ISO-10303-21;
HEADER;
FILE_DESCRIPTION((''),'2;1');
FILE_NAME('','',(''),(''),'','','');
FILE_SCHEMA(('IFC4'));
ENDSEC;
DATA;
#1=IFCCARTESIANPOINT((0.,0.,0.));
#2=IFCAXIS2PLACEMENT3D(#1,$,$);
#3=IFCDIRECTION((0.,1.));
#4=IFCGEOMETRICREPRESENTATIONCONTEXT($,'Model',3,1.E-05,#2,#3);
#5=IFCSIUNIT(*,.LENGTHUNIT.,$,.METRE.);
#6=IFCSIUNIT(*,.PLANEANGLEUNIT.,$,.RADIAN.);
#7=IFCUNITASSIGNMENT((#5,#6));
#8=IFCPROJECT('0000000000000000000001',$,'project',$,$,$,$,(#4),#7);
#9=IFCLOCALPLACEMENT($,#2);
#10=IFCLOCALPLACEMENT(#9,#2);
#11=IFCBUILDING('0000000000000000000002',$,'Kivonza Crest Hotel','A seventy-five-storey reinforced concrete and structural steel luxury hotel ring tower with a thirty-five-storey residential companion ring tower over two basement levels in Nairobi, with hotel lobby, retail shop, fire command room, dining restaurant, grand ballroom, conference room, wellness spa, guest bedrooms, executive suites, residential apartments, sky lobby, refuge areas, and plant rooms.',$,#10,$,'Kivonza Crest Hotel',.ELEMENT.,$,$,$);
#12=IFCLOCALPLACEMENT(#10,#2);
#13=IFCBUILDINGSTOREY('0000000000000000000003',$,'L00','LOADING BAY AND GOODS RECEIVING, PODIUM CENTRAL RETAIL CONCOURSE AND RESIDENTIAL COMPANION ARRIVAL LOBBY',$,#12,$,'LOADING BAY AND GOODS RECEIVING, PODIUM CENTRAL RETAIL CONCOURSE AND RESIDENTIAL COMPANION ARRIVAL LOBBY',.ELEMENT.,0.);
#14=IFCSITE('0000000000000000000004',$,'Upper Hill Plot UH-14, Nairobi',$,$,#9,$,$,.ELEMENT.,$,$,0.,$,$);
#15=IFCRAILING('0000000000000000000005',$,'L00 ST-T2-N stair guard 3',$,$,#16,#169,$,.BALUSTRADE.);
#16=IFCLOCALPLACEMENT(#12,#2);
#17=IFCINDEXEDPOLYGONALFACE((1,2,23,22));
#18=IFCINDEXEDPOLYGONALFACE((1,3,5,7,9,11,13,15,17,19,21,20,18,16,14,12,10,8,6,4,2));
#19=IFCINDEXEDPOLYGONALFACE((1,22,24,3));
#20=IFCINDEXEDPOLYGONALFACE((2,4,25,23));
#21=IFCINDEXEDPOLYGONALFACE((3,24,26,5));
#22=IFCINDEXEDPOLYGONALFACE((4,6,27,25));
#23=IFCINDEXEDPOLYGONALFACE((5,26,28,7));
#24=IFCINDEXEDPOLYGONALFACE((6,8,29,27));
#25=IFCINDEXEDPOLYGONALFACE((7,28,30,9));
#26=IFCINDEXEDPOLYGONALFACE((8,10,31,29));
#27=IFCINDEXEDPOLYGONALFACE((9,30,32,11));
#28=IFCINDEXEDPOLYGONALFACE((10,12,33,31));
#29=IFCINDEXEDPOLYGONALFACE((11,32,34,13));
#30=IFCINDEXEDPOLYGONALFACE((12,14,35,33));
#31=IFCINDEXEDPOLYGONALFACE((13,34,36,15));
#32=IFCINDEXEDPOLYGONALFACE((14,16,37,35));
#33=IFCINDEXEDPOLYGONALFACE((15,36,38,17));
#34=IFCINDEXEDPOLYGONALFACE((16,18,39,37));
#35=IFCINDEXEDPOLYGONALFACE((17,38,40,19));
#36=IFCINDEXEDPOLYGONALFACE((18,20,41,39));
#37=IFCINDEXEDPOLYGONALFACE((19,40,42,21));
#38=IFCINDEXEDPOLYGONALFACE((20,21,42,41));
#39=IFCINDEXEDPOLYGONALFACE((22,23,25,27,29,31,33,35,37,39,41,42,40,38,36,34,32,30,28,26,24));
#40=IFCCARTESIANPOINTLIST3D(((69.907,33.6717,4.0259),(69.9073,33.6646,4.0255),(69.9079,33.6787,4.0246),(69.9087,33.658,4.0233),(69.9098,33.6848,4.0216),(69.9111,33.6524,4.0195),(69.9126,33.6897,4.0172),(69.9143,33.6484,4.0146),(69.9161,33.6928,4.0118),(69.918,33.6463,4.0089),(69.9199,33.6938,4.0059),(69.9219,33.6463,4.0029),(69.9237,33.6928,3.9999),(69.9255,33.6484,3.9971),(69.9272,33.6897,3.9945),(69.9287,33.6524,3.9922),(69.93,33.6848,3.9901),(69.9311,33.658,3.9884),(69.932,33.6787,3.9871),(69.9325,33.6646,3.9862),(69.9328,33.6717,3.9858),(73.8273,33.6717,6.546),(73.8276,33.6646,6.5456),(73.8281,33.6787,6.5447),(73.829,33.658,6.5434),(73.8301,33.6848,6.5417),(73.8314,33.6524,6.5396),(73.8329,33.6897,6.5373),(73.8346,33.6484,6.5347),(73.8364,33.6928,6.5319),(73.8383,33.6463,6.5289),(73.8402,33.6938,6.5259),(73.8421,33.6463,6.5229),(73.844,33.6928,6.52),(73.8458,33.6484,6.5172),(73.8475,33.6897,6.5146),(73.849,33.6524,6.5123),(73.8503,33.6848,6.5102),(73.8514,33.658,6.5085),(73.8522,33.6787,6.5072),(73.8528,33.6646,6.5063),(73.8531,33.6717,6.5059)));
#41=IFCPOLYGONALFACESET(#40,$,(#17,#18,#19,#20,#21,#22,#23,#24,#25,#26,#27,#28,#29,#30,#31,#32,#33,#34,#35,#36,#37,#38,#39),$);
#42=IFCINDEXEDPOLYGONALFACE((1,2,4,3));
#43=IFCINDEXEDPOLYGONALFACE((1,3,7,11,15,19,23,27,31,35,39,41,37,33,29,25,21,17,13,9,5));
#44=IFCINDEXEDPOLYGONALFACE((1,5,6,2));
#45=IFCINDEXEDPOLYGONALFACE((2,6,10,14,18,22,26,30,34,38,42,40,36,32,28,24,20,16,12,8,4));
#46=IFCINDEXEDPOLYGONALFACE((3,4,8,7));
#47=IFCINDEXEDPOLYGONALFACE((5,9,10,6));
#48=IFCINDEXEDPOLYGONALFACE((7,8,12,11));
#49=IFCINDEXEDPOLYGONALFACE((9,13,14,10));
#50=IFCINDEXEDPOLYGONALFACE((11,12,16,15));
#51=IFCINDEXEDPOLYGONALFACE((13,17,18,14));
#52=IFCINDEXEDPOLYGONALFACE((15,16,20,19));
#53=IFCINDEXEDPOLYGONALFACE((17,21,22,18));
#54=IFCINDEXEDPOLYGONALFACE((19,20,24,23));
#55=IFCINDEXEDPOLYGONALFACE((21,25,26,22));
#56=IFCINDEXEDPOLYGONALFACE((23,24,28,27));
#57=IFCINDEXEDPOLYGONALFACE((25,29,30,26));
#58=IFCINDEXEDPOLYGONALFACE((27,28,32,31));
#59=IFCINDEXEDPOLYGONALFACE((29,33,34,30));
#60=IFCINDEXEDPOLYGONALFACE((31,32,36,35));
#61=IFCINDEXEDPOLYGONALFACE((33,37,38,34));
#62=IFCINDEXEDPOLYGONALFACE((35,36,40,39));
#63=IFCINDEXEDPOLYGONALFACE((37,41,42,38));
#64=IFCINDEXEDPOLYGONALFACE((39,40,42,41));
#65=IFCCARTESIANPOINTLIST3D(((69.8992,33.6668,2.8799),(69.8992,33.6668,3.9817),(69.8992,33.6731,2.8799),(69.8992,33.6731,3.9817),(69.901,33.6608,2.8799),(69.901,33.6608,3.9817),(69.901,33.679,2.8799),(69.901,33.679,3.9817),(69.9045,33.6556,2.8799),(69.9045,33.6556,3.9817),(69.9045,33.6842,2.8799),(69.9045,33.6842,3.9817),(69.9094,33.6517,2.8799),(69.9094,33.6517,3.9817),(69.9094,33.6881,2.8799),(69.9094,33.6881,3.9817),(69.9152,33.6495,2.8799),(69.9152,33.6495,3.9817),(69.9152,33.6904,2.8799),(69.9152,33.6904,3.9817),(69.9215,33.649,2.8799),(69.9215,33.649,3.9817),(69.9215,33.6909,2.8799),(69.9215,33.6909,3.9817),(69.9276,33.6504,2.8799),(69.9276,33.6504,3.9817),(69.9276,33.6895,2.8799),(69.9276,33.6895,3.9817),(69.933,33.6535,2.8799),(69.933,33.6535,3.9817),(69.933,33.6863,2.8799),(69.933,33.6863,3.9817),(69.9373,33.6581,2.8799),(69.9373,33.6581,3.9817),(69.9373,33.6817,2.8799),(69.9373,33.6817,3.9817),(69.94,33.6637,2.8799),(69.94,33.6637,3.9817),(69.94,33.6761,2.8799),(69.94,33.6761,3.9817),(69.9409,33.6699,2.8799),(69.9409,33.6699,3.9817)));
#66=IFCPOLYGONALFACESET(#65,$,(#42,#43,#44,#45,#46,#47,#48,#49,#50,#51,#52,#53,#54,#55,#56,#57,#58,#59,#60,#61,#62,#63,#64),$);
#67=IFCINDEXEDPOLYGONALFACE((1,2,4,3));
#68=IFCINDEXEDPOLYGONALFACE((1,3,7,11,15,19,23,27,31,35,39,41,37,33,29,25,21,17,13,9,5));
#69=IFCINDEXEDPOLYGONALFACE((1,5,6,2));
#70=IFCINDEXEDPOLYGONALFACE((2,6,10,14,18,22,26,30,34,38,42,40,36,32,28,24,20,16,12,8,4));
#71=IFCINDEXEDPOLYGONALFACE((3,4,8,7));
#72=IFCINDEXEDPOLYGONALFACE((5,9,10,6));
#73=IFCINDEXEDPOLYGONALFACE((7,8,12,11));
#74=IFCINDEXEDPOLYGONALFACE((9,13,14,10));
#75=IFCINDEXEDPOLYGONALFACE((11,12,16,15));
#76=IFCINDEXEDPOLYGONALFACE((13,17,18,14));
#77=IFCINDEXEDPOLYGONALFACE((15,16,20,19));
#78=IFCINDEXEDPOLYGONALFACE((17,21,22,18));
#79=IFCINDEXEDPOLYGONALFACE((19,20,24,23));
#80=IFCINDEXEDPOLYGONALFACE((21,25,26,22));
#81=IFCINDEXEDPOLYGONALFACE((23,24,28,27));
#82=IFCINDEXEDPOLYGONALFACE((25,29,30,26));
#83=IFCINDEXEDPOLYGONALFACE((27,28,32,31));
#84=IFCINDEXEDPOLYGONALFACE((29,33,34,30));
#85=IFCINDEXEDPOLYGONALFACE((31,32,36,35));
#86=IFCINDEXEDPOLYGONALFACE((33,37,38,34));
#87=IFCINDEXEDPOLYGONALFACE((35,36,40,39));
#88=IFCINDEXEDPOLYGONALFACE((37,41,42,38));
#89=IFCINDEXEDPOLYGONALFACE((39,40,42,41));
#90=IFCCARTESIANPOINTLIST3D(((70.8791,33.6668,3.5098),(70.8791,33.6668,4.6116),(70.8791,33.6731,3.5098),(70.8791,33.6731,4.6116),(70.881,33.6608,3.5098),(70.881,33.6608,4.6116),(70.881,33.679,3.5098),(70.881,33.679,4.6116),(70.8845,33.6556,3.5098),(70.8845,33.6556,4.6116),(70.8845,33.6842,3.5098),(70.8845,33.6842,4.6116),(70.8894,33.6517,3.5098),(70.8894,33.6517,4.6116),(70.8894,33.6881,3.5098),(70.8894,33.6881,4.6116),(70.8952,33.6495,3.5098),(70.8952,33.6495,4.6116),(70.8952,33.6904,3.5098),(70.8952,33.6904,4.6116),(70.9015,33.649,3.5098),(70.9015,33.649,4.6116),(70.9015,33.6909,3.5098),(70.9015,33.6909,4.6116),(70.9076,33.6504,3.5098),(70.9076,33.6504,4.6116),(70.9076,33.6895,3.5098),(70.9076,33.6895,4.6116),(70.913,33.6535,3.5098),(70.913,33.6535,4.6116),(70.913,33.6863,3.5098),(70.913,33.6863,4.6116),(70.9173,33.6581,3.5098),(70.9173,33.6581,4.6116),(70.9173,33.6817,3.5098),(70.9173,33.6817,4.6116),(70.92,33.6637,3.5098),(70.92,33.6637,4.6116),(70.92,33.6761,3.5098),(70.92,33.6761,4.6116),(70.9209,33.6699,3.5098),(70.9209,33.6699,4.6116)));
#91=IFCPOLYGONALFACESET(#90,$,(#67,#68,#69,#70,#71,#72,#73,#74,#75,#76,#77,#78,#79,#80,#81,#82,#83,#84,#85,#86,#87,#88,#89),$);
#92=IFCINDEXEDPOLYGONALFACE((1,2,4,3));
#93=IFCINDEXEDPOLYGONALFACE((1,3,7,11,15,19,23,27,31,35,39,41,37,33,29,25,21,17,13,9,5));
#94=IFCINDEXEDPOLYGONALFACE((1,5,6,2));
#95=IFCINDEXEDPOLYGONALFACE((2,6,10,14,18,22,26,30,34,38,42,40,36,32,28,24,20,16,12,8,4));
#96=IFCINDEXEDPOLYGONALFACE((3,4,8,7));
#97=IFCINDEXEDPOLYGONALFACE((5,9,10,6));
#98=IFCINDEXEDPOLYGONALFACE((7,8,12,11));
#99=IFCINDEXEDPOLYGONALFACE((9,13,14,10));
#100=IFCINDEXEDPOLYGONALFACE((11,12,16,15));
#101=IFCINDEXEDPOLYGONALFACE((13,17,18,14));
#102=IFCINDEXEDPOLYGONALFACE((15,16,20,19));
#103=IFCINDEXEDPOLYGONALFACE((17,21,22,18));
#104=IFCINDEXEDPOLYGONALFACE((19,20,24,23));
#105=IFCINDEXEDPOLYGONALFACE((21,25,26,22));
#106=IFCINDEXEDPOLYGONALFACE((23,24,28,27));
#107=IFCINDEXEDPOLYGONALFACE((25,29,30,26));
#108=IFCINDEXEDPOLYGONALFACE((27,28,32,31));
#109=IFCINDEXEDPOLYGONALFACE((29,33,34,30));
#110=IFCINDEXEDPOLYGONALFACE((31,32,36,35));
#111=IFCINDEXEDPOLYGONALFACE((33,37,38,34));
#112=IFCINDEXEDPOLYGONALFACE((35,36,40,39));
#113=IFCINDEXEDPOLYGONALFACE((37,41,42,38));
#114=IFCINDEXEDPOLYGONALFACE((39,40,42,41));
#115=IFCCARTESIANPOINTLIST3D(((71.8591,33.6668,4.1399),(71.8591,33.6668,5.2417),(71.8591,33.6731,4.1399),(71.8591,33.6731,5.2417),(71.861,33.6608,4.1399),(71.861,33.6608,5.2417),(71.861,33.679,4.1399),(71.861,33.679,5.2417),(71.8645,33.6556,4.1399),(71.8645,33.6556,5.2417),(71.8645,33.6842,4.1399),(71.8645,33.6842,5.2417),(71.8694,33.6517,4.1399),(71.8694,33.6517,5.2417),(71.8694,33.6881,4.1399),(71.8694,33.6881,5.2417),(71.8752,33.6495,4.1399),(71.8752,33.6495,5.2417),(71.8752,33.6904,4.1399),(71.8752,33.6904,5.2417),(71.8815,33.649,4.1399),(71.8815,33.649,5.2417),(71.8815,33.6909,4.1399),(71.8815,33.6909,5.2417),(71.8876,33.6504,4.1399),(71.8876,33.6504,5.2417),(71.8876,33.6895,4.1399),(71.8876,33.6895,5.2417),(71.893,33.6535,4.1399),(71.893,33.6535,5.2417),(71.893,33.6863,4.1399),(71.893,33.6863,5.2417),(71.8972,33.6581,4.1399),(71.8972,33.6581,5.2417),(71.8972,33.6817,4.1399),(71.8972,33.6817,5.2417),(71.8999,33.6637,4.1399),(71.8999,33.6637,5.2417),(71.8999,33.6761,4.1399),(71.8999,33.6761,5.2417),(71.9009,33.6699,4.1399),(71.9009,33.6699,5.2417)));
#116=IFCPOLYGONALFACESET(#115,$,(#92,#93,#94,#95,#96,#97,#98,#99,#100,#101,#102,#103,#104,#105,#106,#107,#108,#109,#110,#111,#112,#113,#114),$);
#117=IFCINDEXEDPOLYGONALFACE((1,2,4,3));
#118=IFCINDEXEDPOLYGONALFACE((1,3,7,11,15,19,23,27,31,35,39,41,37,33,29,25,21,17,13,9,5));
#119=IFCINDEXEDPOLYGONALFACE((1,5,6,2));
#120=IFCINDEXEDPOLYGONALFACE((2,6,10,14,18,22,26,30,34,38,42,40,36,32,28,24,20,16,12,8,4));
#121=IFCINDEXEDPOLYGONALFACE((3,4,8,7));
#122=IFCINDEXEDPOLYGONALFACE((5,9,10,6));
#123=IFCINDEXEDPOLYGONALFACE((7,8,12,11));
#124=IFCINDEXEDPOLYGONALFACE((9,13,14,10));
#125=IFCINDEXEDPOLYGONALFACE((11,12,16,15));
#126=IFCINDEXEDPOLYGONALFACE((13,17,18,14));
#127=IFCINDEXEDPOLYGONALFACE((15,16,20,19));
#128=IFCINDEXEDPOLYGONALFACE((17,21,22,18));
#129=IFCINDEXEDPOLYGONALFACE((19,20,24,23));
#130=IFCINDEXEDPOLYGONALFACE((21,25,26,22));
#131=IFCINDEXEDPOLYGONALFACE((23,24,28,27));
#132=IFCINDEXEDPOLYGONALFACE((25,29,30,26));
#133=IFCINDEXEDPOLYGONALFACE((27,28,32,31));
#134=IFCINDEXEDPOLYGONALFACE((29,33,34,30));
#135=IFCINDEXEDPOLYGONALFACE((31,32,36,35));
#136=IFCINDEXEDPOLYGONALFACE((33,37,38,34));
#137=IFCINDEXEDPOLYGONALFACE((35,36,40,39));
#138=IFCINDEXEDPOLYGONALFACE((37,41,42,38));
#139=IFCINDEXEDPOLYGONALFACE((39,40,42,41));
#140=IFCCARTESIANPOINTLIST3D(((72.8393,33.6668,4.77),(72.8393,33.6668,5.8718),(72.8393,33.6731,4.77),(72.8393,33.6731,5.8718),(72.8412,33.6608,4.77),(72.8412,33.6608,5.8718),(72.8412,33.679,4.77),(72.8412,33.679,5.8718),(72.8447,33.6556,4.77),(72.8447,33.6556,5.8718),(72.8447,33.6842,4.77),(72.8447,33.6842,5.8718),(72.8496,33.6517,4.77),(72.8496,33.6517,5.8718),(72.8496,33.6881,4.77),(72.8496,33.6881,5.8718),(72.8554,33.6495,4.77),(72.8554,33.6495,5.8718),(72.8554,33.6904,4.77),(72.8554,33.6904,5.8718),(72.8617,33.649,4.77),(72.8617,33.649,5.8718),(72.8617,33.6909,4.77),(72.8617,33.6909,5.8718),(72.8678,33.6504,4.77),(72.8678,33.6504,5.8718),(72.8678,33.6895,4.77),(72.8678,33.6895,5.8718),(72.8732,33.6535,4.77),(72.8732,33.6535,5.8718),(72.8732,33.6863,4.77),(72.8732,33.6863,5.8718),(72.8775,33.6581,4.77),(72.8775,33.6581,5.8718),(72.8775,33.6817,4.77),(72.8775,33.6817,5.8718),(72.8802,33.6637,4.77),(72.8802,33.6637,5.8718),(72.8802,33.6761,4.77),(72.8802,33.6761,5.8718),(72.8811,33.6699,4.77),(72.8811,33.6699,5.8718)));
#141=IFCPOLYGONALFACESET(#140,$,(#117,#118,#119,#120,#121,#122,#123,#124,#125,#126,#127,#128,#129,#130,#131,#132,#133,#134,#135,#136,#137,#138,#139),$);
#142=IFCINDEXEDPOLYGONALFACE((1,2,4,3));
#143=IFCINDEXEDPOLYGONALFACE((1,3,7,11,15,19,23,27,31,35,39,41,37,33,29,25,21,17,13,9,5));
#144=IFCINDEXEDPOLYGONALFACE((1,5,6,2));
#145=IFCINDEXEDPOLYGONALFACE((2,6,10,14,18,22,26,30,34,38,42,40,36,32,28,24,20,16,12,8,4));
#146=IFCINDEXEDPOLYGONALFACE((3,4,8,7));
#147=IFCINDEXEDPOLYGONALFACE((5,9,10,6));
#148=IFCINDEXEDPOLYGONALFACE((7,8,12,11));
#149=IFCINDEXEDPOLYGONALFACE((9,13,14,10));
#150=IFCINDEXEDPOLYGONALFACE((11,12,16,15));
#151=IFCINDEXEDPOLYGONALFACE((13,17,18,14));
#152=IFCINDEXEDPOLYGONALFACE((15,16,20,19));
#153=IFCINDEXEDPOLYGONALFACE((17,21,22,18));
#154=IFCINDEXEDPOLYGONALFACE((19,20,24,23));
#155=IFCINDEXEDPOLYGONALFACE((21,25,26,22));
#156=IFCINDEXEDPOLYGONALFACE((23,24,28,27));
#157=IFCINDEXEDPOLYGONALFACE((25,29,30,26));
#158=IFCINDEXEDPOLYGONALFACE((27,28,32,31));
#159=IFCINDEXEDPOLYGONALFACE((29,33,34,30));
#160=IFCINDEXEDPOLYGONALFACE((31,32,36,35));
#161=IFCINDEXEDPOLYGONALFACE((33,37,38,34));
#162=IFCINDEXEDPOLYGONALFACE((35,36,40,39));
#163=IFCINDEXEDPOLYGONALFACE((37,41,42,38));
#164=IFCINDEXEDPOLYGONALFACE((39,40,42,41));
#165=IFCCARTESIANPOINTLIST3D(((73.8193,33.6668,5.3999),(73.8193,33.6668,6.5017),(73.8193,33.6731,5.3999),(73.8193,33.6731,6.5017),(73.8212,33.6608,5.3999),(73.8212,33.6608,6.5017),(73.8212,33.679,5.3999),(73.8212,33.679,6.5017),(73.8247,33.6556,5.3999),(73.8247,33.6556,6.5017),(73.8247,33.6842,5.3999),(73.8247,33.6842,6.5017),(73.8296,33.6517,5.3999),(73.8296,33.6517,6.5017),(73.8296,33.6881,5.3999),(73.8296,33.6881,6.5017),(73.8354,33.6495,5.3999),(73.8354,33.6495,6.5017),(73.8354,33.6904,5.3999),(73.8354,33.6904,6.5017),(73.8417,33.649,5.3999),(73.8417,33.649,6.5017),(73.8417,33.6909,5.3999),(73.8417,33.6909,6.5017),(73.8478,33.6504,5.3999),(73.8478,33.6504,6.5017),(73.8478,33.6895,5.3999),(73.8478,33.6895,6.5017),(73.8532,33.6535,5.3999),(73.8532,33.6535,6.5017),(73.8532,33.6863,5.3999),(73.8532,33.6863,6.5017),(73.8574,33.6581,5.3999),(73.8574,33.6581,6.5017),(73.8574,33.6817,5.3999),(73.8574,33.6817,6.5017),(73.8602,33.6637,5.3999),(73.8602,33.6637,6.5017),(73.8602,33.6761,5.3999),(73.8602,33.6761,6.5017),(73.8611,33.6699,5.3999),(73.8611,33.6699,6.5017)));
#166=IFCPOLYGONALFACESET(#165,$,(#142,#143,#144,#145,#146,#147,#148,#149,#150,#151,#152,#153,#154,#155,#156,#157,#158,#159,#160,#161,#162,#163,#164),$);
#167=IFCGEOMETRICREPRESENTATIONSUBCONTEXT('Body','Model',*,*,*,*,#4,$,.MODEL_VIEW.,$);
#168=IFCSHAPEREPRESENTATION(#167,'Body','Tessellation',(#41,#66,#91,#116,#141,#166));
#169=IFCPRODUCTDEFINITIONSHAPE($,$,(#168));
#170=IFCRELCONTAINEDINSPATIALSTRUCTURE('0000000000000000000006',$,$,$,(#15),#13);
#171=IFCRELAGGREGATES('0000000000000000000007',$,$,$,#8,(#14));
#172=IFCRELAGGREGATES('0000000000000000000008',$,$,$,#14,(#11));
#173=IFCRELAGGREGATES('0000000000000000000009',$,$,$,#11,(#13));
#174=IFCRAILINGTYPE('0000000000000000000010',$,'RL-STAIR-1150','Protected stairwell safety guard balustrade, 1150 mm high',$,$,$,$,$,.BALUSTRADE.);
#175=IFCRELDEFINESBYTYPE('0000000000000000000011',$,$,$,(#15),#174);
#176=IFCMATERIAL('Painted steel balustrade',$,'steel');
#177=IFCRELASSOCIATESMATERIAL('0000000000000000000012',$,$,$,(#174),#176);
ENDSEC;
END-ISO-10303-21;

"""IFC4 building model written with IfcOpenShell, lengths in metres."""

from ifc_helpers import new_model, si_unit, direction, frame, origin, origin_2d, place, context, subcontext, project, spatial, circle, extrude, material, type_object, element, save


model = new_model("IFC4")

# Units and contexts
model_context = context("Model", 3, precision=1e-05, world=origin(), true_north=direction((0.0, 1.0)))
body_context = subcontext(model_context, "Body", "Model", "MODEL_VIEW")
ifc_project = project(units=[si_unit("LENGTHUNIT", "METRE"), si_unit("PLANEANGLEUNIT", "RADIAN")], contexts=[model_context])

# Site, building, storey
site_placement = place(None, origin())
site = spatial("IfcSite", under=ifc_project, at=site_placement, Name="Upper Hill Plot UH-14, Nairobi", CompositionType="ELEMENT", RefElevation=0.0)
building_placement = place(site_placement, origin())
building = spatial("IfcBuilding", under=site, at=building_placement, Name="Kivonza Crest Hotel", Description="A seventy-five-storey reinforced concrete and structural steel luxury hotel ring tower with a thirty-five-storey residential companion ring tower over two basement levels in Nairobi, with hotel lobby, retail shop, fire command room, dining restaurant, grand ballroom, conference room, wellness spa, guest bedrooms, executive suites, residential apartments, sky lobby, refuge areas, and plant rooms.", LongName="Kivonza Crest Hotel", CompositionType="ELEMENT")
storey_placement = place(building_placement, origin())
storey = spatial("IfcBuildingStorey", under=building, at=storey_placement, Name="L00", Description="LOADING BAY AND GOODS RECEIVING, PODIUM CENTRAL RETAIL CONCOURSE AND RESIDENTIAL COMPANION ARRIVAL LOBBY", LongName="LOADING BAY AND GOODS RECEIVING, PODIUM CENTRAL RETAIL CONCOURSE AND RESIDENTIAL COMPANION ARRIVAL LOBBY", CompositionType="ELEMENT", Elevation=0.0)

# Railing
ifc_material_1 = material(Name="Painted steel balustrade", Category="steel")
railing_type_1 = type_object("IfcRailingType", Name="RL-STAIR-1150", Description="Protected stairwell safety guard balustrade, 1150 mm high", PredefinedType="BALUSTRADE", material=ifc_material_1)
railing_1_placement = place(storey_placement, frame((69.9199, 33.6699, 2.8799)))
element("IfcRailing", 1, at=railing_1_placement, inside=storey, type_object=railing_type_1, Name="L00 ST-T2-N stair guard 3", PredefinedType="BALUSTRADE", context=body_context, shape_type="SweptSolid", body=[
    extrude(circle(Radius=0.0239, at=origin_2d()), frame((0.0, 0.0, 1.126), z_axis=(0.841187, 0.0, 0.540744), x_axis=(0.0, 1.0, 0.0)), (0.0, 0.0, 1.0), 4.6604),
    extrude(circle(Radius=0.021, at=origin_2d()), origin(), (0.0, 0.0, 1.0), 1.1018),
    extrude(circle(Radius=0.021, at=origin_2d()), frame((0.98, 0.0, 0.6299)), (0.0, 0.0, 1.0), 1.1018),
    extrude(circle(Radius=0.021, at=origin_2d()), frame((1.96, 0.0, 1.26)), (0.0, 0.0, 1.0), 1.1018),
    extrude(circle(Radius=0.021, at=origin_2d()), frame((2.9402, 0.0, 1.8901)), (0.0, 0.0, 1.0), 1.1018),
    extrude(circle(Radius=0.021, at=origin_2d()), frame((3.9202, 0.0, 2.52)), (0.0, 0.0, 1.0), 1.1018),
])

save(model, "model.ifc")
